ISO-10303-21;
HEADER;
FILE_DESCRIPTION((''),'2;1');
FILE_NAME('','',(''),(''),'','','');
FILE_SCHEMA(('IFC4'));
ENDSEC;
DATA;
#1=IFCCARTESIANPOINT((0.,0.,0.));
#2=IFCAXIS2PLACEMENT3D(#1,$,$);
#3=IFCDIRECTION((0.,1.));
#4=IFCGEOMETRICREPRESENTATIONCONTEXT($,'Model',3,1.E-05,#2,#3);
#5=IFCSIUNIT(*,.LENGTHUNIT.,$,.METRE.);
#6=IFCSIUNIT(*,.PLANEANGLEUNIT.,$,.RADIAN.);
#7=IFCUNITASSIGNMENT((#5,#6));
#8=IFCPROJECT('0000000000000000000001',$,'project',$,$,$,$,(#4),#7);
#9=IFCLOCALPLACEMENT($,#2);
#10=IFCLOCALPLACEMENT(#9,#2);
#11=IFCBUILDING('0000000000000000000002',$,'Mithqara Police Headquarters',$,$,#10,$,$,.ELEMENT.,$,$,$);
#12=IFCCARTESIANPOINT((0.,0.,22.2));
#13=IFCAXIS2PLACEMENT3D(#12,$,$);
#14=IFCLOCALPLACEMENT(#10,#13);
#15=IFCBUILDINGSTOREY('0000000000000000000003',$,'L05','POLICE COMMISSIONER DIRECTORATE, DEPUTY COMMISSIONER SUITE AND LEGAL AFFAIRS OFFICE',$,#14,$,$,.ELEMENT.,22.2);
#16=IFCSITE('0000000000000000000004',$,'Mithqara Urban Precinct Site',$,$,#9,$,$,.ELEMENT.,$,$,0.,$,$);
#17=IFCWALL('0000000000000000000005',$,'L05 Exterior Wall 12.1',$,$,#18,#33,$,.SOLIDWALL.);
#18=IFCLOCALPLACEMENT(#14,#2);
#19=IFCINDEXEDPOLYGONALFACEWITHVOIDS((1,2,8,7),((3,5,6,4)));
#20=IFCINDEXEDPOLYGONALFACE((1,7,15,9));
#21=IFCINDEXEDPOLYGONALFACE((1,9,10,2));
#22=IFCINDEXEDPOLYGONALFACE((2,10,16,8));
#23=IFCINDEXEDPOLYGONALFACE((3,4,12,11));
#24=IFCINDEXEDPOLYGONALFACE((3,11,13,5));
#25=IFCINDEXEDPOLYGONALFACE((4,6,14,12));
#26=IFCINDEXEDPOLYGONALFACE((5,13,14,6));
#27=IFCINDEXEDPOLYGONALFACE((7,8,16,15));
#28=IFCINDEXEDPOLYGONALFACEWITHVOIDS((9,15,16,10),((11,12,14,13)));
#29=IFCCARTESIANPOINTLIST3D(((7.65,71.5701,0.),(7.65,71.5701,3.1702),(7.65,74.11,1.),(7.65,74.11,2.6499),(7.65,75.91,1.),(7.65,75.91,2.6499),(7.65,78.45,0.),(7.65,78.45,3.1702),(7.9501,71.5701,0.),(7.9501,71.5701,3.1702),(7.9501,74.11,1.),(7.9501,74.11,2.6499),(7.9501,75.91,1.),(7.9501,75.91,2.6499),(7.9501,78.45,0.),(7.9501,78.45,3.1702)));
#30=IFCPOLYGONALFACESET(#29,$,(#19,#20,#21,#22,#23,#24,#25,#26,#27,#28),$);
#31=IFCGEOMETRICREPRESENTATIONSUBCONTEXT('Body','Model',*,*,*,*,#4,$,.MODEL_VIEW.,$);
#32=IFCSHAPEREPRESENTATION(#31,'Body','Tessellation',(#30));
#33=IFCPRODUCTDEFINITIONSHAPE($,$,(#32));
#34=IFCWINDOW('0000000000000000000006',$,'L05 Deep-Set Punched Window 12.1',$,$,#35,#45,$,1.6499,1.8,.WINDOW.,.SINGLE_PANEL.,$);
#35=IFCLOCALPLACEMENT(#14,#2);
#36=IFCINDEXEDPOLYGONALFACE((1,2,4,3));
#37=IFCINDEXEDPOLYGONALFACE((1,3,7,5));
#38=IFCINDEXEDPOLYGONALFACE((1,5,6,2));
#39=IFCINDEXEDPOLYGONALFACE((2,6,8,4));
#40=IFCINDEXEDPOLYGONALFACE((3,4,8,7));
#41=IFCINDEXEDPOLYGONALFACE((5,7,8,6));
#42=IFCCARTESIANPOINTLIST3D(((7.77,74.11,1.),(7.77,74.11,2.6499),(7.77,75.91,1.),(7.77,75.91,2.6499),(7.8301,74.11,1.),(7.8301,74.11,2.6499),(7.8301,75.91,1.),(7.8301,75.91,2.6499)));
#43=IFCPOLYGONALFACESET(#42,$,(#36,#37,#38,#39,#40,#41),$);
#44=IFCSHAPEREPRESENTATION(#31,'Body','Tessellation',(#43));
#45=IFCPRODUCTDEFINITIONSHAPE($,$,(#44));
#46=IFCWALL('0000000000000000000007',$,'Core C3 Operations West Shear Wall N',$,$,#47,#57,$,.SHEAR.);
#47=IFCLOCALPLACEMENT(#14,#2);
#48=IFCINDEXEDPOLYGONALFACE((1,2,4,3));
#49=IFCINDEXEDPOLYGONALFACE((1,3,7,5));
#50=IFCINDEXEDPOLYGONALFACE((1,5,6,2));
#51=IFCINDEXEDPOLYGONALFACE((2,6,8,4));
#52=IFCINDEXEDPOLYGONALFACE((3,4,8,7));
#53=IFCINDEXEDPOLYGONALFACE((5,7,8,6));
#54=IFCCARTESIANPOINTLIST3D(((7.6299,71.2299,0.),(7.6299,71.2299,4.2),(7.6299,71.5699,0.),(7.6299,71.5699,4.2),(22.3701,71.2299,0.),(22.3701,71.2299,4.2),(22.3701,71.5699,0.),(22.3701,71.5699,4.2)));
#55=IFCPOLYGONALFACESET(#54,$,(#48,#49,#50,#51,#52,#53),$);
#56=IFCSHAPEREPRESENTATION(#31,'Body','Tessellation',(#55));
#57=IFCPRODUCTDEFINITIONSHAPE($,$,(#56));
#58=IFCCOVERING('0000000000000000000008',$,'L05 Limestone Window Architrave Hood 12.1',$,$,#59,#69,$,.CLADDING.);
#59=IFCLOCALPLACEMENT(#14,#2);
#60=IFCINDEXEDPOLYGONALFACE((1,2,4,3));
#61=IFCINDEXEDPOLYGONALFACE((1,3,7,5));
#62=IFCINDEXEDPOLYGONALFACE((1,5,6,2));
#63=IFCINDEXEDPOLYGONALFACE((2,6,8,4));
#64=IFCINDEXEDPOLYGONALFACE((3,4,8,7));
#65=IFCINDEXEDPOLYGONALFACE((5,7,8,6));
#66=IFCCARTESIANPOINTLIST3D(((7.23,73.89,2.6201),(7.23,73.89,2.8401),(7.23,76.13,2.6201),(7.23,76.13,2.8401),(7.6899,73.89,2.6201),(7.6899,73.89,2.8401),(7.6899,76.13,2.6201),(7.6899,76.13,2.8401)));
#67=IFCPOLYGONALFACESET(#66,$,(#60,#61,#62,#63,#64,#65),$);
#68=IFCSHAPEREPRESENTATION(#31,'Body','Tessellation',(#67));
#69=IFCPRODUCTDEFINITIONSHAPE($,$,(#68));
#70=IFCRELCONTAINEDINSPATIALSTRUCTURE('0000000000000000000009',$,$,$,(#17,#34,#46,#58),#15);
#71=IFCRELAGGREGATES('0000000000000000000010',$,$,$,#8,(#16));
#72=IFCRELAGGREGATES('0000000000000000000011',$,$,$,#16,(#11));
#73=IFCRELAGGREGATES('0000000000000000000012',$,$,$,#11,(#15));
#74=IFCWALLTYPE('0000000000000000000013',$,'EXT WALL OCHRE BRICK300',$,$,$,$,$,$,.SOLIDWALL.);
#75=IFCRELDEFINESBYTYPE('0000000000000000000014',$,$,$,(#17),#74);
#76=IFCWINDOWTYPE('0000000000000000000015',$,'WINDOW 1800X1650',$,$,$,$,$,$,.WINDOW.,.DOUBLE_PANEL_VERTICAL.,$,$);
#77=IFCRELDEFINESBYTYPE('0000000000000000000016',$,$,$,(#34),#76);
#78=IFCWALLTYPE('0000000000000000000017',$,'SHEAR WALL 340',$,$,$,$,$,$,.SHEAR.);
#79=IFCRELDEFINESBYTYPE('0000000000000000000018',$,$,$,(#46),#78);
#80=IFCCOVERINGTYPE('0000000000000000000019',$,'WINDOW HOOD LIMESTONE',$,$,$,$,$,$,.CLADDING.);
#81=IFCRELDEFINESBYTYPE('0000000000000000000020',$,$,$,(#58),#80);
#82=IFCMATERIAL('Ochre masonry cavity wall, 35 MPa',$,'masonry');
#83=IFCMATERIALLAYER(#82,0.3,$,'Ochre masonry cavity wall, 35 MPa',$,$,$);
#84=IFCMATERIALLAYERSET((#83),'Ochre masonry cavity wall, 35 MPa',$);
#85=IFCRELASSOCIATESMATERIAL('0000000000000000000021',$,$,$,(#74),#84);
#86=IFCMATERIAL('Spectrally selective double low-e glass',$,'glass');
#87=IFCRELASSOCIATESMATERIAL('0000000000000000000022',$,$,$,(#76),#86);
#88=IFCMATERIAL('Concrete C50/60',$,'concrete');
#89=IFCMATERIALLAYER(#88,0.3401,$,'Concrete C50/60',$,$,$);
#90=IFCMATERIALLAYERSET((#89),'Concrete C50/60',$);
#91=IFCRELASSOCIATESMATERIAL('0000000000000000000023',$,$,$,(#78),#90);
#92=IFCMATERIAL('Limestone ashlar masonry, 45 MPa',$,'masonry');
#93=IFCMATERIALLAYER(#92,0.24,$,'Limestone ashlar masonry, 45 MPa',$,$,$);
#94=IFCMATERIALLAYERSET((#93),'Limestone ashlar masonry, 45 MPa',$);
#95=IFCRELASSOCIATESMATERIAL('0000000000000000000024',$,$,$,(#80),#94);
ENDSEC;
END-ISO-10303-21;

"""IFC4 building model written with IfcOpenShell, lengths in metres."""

from ifc_helpers import new_model, si_unit, direction, frame, frame_2d, origin, origin_2d, place, context, subcontext, project, spatial, rectangle, extrude, material, layer, layer_set, type_object, element, fill, save


model = new_model("IFC4")

# Units and contexts
model_context = context("Model", 3, precision=1e-05, world=origin(), true_north=direction((0.0, 1.0)))
body_context = subcontext(model_context, "Body", "Model", "MODEL_VIEW")
ifc_project = project(units=[si_unit("LENGTHUNIT", "METRE"), si_unit("PLANEANGLEUNIT", "RADIAN")], contexts=[model_context])

# Site, building, storey
site_placement = place(None, origin())
site = spatial("IfcSite", under=ifc_project, at=site_placement, Name="Mithqara Urban Precinct Site", CompositionType="ELEMENT", RefElevation=0.0)
building_placement = place(site_placement, origin())
building = spatial("IfcBuilding", under=site, at=building_placement, Name="Mithqara Police Headquarters", CompositionType="ELEMENT")
storey_placement = place(building_placement, frame((0.0, 0.0, 22.2)))
storey = spatial("IfcBuildingStorey", under=building, at=storey_placement, Name="L05", Description="POLICE COMMISSIONER DIRECTORATE, DEPUTY COMMISSIONER SUITE AND LEGAL AFFAIRS OFFICE", CompositionType="ELEMENT", Elevation=22.2)

# Shared definitions
ifc_material_1 = material(Name="Concrete C50/60", Category="concrete")

# Wall, opening, window
ifc_material_2 = material(Name="Ochre masonry cavity wall, 35 MPa", Category="masonry")
ifc_layer_1 = layer(ifc_material_2, 0.3, Name="Ochre masonry cavity wall, 35 MPa")
ifc_layer_set_1 = layer_set([ifc_layer_1], Name="Ochre masonry cavity wall, 35 MPa")
wall_type_1 = type_object("IfcWallType", Name="EXT WALL OCHRE BRICK300", PredefinedType="SOLIDWALL", material=ifc_layer_set_1)
wall_1_placement = place(storey_placement, frame((7.8, 78.45, 0.0), z_axis=(0.0, 0.0, 1.0), x_axis=(0.0, -1.0, 0.0)))
wall_1 = element("IfcWall", 1, at=wall_1_placement, inside=storey, type_object=wall_type_1, Name="L05 Exterior Wall 12.1", PredefinedType="SOLIDWALL", context=body_context, shape_type="SweptSolid", body=[
    extrude(rectangle(XDim=6.8799, YDim=0.3, at=frame_2d((3.4399, 0.0))), origin(), (0.0, 0.0, 1.0), 3.1702),
])
opening_placement = place(wall_1_placement, frame((2.54, 0.0, 1.0)))
opening = element("IfcOpeningElement", 2, at=opening_placement, cuts=wall_1, PredefinedType="OPENING", context=body_context, shape_type="SweptSolid", body=[
    extrude(rectangle(XDim=1.8, YDim=1.6499, at=frame_2d((0.8999, 0.825))), frame((0.0, 0.1602, 0.0), z_axis=(0.0, -1.0, 0.0), x_axis=(1.0, 0.0, 0.0)), (0.0, 0.0, 1.0), 0.3201),
])
ifc_material_3 = material(Name="Spectrally selective double low-e glass", Category="glass")
window_type = type_object("IfcWindowType", Name="WINDOW 1800X1650", PartitioningType="DOUBLE_PANEL_VERTICAL", PredefinedType="WINDOW", material=ifc_material_3)
window_placement = place(opening_placement, origin())
window = element("IfcWindow", 3, at=window_placement, inside=storey, type_object=window_type, Name="L05 Deep-Set Punched Window 12.1", OverallHeight=1.6499, OverallWidth=1.8, PartitioningType="SINGLE_PANEL", PredefinedType="WINDOW", context=body_context, shape_type="SweptSolid", body=[
    extrude(rectangle(XDim=1.8, YDim=1.6499, at=frame_2d((0.8999, 0.825))), frame((0.0, 0.03, 0.0), z_axis=(0.0, -1.0, 0.0), x_axis=(1.0, 0.0, 0.0)), (0.0, 0.0, 1.0), 0.0601),
])
fill(opening, window)

# Wall
ifc_layer_2 = layer(ifc_material_1, 0.3401, Name="Concrete C50/60")
ifc_layer_set_2 = layer_set([ifc_layer_2], Name="Concrete C50/60")
wall_type_2 = type_object("IfcWallType", Name="SHEAR WALL 340", PredefinedType="SHEAR", material=ifc_layer_set_2)
wall_2_placement = place(storey_placement, frame((7.6299, 71.3999, 0.0), z_axis=(0.0, 0.0, 1.0), x_axis=(1.0, 0.0, 0.0)))
element("IfcWall", 4, at=wall_2_placement, inside=storey, type_object=wall_type_2, Name="Core C3 Operations West Shear Wall N", PredefinedType="SHEAR", context=body_context, shape_type="SweptSolid", body=[
    extrude(rectangle(XDim=14.7402, YDim=0.3401, at=frame_2d((7.3701, 0.0))), origin(), (0.0, 0.0, 1.0), 4.2),
])

# Covering
ifc_material_4 = material(Name="Limestone ashlar masonry, 45 MPa", Category="masonry")
ifc_layer_3 = layer(ifc_material_4, 0.24, Name="Limestone ashlar masonry, 45 MPa")
ifc_layer_set_3 = layer_set([ifc_layer_3], Name="Limestone ashlar masonry, 45 MPa")
covering_type = type_object("IfcCoveringType", Name="WINDOW HOOD LIMESTONE", PredefinedType="CLADDING", material=ifc_layer_set_3)
covering_placement = place(storey_placement, frame((7.46, 75.01, 2.6201), z_axis=(0.0, 0.0, 1.0), x_axis=(0.0, 1.0, 0.0)))
element("IfcCovering", 5, at=covering_placement, inside=storey, type_object=covering_type, Name="L05 Limestone Window Architrave Hood 12.1", PredefinedType="CLADDING", context=body_context, shape_type="SweptSolid", body=[
    extrude(rectangle(XDim=2.24, YDim=0.46, at=origin_2d()), origin(), (0.0, 0.0, 1.0), 0.22),
])

save(model, "model.ifc")
